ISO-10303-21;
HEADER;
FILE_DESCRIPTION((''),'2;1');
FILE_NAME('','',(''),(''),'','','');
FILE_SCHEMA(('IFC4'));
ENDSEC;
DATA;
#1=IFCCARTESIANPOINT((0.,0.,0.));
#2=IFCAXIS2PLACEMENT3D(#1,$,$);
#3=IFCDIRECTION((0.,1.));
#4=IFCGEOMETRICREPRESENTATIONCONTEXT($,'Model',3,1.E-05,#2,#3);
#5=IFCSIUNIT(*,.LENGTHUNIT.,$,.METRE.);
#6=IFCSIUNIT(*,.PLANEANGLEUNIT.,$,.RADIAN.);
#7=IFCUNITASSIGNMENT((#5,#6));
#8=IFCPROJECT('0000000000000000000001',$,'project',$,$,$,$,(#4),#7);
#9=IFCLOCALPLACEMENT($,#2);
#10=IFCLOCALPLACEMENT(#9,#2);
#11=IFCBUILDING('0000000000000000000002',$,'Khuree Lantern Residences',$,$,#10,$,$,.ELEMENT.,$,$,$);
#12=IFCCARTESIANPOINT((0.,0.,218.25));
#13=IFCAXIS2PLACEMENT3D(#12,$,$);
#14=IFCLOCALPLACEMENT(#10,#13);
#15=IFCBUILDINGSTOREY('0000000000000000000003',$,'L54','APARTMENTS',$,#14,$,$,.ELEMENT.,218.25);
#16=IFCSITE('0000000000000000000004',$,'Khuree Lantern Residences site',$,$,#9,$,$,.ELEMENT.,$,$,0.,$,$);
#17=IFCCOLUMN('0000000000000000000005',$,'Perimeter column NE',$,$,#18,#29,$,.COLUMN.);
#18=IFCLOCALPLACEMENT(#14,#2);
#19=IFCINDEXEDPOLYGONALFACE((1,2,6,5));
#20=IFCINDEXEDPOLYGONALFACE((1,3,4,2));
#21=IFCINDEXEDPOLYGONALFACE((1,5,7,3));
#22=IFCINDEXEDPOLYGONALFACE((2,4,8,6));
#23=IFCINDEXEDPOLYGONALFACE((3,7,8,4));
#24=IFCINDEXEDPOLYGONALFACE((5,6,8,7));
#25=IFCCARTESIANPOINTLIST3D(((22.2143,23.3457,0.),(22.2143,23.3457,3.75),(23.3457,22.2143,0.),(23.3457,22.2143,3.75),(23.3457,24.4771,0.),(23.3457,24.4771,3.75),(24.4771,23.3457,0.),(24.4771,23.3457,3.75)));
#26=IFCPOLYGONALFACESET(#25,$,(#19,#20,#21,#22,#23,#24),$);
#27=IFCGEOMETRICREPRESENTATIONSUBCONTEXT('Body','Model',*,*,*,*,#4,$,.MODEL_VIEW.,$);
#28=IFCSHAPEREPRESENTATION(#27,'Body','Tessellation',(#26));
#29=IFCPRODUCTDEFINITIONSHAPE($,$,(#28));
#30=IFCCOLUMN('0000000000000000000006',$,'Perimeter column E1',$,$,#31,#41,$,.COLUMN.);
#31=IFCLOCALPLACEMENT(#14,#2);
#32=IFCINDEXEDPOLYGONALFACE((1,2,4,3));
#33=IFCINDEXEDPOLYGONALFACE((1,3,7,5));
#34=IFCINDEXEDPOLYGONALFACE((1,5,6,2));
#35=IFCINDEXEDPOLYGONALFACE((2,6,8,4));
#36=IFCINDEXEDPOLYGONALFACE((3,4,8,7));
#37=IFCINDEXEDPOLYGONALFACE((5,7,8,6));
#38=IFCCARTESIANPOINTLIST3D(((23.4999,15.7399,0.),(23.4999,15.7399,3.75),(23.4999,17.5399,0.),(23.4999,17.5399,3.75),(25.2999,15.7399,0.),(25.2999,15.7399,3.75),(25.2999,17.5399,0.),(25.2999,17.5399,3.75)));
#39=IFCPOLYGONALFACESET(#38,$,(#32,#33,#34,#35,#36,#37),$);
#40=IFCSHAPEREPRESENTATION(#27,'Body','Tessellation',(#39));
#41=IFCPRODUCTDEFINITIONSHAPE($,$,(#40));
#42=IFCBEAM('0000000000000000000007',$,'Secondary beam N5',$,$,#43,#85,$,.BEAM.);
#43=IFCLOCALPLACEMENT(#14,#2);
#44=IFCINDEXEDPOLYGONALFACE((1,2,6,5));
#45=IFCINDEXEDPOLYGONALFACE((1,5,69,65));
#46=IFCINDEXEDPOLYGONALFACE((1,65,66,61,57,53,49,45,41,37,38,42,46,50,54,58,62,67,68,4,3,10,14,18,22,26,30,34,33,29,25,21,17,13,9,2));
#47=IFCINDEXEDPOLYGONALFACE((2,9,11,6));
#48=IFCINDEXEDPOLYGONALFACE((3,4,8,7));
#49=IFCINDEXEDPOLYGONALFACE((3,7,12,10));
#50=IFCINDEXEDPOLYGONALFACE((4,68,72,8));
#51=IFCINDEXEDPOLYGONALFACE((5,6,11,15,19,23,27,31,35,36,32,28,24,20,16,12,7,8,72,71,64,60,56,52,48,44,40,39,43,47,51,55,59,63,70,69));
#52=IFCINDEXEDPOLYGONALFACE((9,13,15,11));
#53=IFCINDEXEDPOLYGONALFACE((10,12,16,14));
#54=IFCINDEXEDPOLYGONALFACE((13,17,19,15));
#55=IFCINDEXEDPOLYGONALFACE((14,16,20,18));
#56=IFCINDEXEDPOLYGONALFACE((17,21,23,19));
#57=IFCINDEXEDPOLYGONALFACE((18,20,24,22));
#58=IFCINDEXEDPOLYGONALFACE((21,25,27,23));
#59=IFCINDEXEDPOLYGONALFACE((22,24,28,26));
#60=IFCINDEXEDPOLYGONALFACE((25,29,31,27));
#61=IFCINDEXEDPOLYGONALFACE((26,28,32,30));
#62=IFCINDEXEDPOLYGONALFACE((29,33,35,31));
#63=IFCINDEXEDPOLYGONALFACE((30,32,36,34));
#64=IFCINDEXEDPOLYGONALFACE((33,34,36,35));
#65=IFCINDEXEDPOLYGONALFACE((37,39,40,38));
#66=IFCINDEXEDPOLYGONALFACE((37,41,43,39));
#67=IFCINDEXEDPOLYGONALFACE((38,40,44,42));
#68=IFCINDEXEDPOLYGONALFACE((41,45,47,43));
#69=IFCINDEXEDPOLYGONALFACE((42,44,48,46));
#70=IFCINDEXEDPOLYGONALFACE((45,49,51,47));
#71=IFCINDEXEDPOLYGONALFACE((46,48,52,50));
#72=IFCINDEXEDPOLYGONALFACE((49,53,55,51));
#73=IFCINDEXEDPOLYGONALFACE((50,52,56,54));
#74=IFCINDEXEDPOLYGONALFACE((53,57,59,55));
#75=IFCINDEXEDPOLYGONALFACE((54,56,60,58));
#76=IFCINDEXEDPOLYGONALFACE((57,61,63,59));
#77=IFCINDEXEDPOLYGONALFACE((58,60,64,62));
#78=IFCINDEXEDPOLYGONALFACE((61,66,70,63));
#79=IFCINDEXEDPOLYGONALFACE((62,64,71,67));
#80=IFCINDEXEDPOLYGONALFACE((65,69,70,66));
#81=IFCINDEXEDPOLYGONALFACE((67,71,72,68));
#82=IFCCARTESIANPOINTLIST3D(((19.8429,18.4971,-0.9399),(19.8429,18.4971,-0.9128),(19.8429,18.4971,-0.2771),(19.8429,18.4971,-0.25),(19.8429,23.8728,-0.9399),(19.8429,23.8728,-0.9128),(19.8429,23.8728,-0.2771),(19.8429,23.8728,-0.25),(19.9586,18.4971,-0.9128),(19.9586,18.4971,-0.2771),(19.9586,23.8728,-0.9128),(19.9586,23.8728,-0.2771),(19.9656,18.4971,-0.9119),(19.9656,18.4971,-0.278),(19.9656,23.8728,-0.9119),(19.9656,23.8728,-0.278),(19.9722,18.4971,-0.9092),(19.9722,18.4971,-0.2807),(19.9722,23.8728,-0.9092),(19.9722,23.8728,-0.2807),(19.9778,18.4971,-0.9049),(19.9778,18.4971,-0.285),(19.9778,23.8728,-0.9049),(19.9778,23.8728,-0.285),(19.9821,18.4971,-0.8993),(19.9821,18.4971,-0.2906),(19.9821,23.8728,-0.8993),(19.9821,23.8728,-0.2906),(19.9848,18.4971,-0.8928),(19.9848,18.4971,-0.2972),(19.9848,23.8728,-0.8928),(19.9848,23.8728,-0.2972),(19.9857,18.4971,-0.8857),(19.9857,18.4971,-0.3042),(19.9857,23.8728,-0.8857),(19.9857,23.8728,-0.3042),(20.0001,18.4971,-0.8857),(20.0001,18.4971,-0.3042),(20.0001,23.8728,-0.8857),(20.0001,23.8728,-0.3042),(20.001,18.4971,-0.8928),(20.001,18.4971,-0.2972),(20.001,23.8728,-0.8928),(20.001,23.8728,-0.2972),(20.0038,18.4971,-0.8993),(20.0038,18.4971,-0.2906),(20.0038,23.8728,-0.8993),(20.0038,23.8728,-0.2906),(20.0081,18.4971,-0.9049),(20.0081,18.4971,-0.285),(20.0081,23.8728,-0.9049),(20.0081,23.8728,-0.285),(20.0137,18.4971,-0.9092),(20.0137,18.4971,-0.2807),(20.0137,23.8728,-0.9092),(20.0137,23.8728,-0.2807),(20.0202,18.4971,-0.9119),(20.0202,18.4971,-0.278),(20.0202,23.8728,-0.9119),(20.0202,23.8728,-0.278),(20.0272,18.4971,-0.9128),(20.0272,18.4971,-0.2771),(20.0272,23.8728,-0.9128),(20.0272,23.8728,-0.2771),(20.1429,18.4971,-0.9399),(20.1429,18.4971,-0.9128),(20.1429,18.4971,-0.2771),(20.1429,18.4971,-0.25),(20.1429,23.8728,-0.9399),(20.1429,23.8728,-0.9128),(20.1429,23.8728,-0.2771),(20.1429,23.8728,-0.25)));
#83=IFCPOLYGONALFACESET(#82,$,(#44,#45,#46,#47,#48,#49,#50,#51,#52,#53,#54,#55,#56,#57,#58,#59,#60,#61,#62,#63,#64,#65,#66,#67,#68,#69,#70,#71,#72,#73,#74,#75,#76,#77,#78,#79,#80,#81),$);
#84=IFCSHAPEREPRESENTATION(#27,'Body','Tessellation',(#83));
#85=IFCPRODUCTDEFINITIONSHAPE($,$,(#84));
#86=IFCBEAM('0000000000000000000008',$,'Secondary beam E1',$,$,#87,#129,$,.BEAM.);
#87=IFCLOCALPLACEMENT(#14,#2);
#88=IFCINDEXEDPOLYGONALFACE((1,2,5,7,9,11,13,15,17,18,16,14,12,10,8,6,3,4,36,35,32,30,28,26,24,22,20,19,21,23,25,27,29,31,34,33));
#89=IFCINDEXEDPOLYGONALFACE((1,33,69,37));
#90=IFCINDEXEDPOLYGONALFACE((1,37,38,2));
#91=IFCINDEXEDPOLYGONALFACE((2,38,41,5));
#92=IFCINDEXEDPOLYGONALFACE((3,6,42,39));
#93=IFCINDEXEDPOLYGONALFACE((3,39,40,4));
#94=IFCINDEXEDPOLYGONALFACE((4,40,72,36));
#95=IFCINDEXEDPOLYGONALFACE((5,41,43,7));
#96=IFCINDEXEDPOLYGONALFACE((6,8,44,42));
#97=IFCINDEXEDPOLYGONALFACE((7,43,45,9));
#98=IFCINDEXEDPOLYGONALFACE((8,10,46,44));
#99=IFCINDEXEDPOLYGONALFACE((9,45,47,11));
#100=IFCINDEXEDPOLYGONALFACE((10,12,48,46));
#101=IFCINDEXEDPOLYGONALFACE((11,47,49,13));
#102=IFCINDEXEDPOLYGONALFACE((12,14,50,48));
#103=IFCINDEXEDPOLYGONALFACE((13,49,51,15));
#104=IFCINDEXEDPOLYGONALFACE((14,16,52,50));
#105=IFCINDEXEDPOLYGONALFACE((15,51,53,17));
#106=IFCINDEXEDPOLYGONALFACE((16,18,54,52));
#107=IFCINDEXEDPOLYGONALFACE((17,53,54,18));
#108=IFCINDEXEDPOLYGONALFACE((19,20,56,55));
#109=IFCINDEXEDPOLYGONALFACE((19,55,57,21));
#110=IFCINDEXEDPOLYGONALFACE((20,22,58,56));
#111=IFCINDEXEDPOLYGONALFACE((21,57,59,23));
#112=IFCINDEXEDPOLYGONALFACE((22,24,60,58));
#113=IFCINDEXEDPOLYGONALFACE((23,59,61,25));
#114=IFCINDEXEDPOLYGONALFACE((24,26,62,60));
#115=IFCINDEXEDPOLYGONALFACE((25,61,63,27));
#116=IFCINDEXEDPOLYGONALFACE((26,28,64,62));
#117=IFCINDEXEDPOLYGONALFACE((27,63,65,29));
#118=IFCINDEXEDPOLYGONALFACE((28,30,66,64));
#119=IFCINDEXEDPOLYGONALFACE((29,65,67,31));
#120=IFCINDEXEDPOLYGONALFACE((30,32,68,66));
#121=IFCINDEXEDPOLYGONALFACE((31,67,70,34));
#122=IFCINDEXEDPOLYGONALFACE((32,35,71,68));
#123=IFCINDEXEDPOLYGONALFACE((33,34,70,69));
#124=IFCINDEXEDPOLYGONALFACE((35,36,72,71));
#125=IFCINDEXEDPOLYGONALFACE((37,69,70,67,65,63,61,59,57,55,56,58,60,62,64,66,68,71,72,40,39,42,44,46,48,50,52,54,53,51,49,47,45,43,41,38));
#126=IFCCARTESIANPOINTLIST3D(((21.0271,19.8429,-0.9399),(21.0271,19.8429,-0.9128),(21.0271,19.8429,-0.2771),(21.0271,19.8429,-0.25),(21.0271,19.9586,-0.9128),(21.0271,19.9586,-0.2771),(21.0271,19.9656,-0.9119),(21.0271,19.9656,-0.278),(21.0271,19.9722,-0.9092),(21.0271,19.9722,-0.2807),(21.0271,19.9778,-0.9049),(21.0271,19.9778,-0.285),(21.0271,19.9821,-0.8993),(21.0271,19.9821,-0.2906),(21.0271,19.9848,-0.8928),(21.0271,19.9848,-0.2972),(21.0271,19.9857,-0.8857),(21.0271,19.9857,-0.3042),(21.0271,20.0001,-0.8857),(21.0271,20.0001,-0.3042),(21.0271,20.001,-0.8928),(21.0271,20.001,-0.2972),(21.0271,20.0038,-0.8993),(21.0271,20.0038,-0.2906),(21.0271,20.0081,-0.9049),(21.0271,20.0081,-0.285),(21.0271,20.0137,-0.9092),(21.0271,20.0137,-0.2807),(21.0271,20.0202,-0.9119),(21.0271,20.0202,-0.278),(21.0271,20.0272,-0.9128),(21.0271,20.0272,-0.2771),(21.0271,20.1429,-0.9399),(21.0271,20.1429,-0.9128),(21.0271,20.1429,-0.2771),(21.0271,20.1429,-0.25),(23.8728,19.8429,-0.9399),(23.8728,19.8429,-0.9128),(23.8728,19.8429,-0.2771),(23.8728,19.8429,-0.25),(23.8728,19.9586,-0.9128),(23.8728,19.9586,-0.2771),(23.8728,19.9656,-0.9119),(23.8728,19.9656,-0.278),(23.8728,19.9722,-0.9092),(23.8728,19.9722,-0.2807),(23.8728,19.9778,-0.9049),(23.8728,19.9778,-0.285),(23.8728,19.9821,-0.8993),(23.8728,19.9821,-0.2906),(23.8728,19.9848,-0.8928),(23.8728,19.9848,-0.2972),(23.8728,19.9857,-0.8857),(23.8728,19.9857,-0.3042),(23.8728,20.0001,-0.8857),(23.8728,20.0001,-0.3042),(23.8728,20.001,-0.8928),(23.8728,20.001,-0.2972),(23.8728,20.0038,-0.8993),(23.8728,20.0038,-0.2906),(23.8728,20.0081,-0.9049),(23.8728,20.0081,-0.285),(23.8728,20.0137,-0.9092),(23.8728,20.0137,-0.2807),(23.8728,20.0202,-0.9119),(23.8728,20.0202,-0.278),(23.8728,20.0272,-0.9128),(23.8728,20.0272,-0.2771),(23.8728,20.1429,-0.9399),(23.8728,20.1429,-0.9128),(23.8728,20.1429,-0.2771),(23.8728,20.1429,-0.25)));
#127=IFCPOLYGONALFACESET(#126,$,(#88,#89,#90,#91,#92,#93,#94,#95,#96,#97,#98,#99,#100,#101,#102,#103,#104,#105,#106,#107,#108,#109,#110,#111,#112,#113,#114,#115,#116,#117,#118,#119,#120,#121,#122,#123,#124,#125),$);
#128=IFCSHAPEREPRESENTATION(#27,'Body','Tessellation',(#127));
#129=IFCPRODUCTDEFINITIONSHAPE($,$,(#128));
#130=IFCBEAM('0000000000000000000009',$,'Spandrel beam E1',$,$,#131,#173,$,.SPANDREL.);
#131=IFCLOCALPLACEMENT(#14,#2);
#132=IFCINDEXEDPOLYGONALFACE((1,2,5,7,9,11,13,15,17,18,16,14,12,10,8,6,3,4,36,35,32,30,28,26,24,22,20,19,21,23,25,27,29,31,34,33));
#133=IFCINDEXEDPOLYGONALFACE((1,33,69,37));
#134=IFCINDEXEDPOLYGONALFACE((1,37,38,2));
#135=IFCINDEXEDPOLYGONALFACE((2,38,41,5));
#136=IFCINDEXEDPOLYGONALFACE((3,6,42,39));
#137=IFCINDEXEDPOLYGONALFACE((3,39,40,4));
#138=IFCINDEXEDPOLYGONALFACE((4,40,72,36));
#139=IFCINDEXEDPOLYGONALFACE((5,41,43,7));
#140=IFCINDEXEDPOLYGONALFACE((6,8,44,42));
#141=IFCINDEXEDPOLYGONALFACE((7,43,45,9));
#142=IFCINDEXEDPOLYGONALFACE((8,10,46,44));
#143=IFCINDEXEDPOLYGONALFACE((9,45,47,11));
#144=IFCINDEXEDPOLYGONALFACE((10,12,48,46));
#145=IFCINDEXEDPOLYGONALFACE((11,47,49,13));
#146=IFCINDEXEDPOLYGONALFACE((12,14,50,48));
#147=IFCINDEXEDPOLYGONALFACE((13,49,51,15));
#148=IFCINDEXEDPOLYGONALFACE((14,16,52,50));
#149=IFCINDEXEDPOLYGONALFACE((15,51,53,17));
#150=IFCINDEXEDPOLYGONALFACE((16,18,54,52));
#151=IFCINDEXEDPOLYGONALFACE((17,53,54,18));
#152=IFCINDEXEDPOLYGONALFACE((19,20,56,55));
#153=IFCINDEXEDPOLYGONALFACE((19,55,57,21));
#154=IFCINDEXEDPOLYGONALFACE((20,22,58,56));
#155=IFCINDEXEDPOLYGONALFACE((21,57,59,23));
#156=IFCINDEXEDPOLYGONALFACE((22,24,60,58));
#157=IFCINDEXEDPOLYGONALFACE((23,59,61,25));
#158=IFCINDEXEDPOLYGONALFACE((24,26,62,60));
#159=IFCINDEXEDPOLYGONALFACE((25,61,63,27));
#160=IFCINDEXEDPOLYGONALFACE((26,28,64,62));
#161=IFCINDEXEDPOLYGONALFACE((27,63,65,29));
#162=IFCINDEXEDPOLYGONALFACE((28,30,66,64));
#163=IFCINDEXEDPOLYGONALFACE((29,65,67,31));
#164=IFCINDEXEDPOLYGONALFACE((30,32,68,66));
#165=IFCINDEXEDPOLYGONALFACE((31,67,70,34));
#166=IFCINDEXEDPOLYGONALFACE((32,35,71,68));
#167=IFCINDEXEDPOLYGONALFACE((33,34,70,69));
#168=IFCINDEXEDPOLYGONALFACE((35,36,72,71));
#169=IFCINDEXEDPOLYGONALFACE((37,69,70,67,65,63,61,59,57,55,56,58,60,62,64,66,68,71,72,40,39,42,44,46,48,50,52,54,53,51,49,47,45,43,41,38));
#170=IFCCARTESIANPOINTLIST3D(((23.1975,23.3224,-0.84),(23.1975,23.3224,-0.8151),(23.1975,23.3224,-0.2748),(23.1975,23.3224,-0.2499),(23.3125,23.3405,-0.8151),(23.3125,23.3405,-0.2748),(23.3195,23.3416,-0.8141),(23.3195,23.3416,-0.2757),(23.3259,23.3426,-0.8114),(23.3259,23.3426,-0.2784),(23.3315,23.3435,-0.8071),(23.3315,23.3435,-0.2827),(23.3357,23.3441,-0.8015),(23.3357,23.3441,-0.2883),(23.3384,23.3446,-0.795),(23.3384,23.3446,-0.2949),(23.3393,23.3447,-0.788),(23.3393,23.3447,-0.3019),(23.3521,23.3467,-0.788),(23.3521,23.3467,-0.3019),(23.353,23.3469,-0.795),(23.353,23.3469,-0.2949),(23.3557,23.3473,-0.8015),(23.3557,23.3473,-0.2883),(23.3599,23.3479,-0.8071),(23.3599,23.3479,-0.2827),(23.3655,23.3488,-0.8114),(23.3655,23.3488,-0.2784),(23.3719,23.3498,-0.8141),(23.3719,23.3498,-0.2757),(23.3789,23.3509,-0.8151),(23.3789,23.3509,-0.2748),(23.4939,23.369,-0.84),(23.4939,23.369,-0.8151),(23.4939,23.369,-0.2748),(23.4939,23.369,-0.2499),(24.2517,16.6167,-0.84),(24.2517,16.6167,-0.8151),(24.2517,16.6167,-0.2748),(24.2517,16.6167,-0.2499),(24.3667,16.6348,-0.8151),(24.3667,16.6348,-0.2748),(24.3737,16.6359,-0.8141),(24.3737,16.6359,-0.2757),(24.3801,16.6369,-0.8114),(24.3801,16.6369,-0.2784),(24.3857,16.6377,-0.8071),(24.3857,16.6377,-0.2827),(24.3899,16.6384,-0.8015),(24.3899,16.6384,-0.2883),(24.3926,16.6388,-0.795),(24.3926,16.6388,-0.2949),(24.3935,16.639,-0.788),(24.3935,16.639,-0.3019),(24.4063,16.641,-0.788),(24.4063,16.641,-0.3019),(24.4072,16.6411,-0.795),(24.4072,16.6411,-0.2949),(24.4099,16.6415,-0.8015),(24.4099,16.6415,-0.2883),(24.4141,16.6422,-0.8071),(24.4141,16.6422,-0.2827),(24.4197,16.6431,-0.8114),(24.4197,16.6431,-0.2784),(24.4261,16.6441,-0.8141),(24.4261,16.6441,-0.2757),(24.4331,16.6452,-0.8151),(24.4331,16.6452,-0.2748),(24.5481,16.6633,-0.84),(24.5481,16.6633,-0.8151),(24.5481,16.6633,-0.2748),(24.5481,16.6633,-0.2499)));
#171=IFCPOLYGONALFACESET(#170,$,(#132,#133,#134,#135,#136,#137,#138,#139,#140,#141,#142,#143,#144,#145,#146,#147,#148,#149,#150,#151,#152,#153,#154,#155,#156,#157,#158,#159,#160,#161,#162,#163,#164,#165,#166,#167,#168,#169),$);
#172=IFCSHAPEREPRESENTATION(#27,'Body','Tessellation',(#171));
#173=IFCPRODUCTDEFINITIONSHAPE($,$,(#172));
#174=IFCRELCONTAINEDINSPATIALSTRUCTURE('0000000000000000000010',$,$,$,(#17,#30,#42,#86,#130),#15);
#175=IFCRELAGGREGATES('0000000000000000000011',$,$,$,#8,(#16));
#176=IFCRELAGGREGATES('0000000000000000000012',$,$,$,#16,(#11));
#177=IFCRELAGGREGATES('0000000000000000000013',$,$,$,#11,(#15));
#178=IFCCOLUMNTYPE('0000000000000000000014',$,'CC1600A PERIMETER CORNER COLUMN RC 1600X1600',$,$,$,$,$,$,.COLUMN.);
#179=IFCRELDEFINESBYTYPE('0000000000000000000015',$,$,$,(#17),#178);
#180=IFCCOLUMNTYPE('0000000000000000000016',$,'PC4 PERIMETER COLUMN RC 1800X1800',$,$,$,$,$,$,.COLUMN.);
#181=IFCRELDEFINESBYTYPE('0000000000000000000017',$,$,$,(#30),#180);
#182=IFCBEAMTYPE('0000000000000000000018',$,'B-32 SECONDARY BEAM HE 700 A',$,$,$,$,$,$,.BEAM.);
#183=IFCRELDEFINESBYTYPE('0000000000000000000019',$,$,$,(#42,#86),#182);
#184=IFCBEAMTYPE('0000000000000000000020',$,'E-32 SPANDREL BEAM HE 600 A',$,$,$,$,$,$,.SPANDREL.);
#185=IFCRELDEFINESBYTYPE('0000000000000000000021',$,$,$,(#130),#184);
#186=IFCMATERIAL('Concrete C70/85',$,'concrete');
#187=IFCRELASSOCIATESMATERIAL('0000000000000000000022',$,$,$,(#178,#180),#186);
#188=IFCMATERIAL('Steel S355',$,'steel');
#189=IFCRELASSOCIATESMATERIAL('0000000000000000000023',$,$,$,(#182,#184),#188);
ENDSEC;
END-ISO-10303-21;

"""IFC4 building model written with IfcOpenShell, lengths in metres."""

from ifc_helpers import new_model, si_unit, direction, frame, origin, origin_2d, place, context, subcontext, project, spatial, rectangle, i_section, extrude, material, material_profile, profile_set, type_object, element, save


model = new_model("IFC4")

# Units and contexts
model_context = context("Model", 3, precision=1e-05, world=origin(), true_north=direction((0.0, 1.0)))
body_context = subcontext(model_context, "Body", "Model", "MODEL_VIEW")
ifc_project = project(units=[si_unit("LENGTHUNIT", "METRE"), si_unit("PLANEANGLEUNIT", "RADIAN")], contexts=[model_context])

# Site, building, storey
site_placement = place(None, origin())
site = spatial("IfcSite", under=ifc_project, at=site_placement, Name="Khuree Lantern Residences site", CompositionType="ELEMENT", RefElevation=0.0)
building_placement = place(site_placement, origin())
building = spatial("IfcBuilding", under=site, at=building_placement, Name="Khuree Lantern Residences", CompositionType="ELEMENT")
storey_placement = place(building_placement, frame((0.0, 0.0, 218.25)))
storey = spatial("IfcBuildingStorey", under=building, at=storey_placement, Name="L54", Description="APARTMENTS", CompositionType="ELEMENT", Elevation=218.25)

# Columns
ifc_material_1 = material(Name="Concrete C70/85", Category="concrete")
ifc_material_profile_1 = material_profile(ifc_material_1, rectangle(XDim=1.6001, YDim=1.6001, at=origin_2d()), Name="RC 1600X1600")
ifc_profile_set_1 = profile_set([ifc_material_profile_1], Name="Concrete C70/85")
column_type_1 = type_object("IfcColumnType", Name="CC1600A PERIMETER CORNER COLUMN RC 1600X1600", PredefinedType="COLUMN", material=ifc_profile_set_1)
column_1_placement = place(storey_placement, frame((23.3457, 23.3457, 0.0), z_axis=(0.0, 0.0, 1.0), x_axis=(0.707107, -0.707107, 0.0)))
element("IfcColumn", 1, at=column_1_placement, inside=storey, type_object=column_type_1, Name="Perimeter column NE", PredefinedType="COLUMN", context=body_context, shape_type="SweptSolid", body=[
    extrude(rectangle(XDim=1.6001, YDim=1.6001, at=origin_2d()), origin(), (0.0, 0.0, 1.0), 3.75),
])
ifc_material_profile_2 = material_profile(ifc_material_1, rectangle(XDim=1.8, YDim=1.8, at=origin_2d()), Name="RC 1800X1800")
ifc_profile_set_2 = profile_set([ifc_material_profile_2], Name="Concrete C70/85")
column_type_2 = type_object("IfcColumnType", Name="PC4 PERIMETER COLUMN RC 1800X1800", PredefinedType="COLUMN", material=ifc_profile_set_2)
column_2_placement = place(storey_placement, frame((24.3999, 16.6399, 0.0), z_axis=(0.0, 0.0, 1.0), x_axis=(0.0, 1.0, 0.0)))
element("IfcColumn", 2, at=column_2_placement, inside=storey, type_object=column_type_2, Name="Perimeter column E1", PredefinedType="COLUMN", context=body_context, shape_type="SweptSolid", body=[
    extrude(rectangle(XDim=1.8, YDim=1.8, at=origin_2d()), origin(), (0.0, 0.0, 1.0), 3.75),
])

# Beams
ifc_material_2 = material(Name="Steel S355", Category="steel")
ifc_material_profile_3 = material_profile(ifc_material_2, i_section(OverallWidth=0.3, OverallDepth=0.6899, WebThickness=0.0144, FlangeThickness=0.0271, FilletRadius=0.0271, at=origin_2d()), Name="HE 700 A")
ifc_profile_set_3 = profile_set([ifc_material_profile_3], Name="Steel S355")
beam_type_1 = type_object("IfcBeamType", Name="B-32 SECONDARY BEAM HE 700 A", PredefinedType="BEAM", material=ifc_profile_set_3)
beam_1_placement = place(storey_placement, frame((19.9929, 23.8728, -0.595), z_axis=(0.0, -1.0, 0.0), x_axis=(1.0, 0.0, 0.0)))
element("IfcBeam", 3, at=beam_1_placement, inside=storey, type_object=beam_type_1, Name="Secondary beam N5", PredefinedType="BEAM", context=body_context, shape_type="SweptSolid", body=[
    extrude(i_section(OverallWidth=0.3, OverallDepth=0.6899, WebThickness=0.0144, FlangeThickness=0.0271, FilletRadius=0.0271, at=origin_2d()), origin(), (0.0, 0.0, 1.0), 5.3757),
])
beam_2_placement = place(storey_placement, frame((23.8728, 19.9929, -0.595), z_axis=(-1.0, 0.0, 0.0), x_axis=(0.0, -1.0, 0.0)))
element("IfcBeam", 4, at=beam_2_placement, inside=storey, type_object=beam_type_1, Name="Secondary beam E1", PredefinedType="BEAM", context=body_context, shape_type="SweptSolid", body=[
    extrude(i_section(OverallWidth=0.3, OverallDepth=0.6899, WebThickness=0.0144, FlangeThickness=0.0271, FilletRadius=0.0271, at=origin_2d()), origin(), (0.0, 0.0, 1.0), 2.8457),
])
ifc_material_profile_4 = material_profile(ifc_material_2, i_section(OverallWidth=0.3, OverallDepth=0.5901, WebThickness=0.0129, FlangeThickness=0.0249, FilletRadius=0.0271, at=origin_2d()), Name="HE 600 A")
ifc_profile_set_4 = profile_set([ifc_material_profile_4], Name="Steel S355")
beam_type_2 = type_object("IfcBeamType", Name="E-32 SPANDREL BEAM HE 600 A", PredefinedType="SPANDREL", material=ifc_profile_set_4)
beam_3_placement = place(storey_placement, frame((23.3457, 23.3457, -0.5449), z_axis=(0.1553, -0.987867, 0.0), x_axis=(0.987867, 0.1553, 0.0)))
element("IfcBeam", 5, at=beam_3_placement, inside=storey, type_object=beam_type_2, Name="Spandrel beam E1", PredefinedType="SPANDREL", context=body_context, shape_type="SweptSolid", body=[
    extrude(i_section(OverallWidth=0.3, OverallDepth=0.5901, WebThickness=0.0129, FlangeThickness=0.0249, FilletRadius=0.0271, at=origin_2d()), origin(), (0.0, 0.0, 1.0), 6.7881),
])

save(model, "model.ifc")
